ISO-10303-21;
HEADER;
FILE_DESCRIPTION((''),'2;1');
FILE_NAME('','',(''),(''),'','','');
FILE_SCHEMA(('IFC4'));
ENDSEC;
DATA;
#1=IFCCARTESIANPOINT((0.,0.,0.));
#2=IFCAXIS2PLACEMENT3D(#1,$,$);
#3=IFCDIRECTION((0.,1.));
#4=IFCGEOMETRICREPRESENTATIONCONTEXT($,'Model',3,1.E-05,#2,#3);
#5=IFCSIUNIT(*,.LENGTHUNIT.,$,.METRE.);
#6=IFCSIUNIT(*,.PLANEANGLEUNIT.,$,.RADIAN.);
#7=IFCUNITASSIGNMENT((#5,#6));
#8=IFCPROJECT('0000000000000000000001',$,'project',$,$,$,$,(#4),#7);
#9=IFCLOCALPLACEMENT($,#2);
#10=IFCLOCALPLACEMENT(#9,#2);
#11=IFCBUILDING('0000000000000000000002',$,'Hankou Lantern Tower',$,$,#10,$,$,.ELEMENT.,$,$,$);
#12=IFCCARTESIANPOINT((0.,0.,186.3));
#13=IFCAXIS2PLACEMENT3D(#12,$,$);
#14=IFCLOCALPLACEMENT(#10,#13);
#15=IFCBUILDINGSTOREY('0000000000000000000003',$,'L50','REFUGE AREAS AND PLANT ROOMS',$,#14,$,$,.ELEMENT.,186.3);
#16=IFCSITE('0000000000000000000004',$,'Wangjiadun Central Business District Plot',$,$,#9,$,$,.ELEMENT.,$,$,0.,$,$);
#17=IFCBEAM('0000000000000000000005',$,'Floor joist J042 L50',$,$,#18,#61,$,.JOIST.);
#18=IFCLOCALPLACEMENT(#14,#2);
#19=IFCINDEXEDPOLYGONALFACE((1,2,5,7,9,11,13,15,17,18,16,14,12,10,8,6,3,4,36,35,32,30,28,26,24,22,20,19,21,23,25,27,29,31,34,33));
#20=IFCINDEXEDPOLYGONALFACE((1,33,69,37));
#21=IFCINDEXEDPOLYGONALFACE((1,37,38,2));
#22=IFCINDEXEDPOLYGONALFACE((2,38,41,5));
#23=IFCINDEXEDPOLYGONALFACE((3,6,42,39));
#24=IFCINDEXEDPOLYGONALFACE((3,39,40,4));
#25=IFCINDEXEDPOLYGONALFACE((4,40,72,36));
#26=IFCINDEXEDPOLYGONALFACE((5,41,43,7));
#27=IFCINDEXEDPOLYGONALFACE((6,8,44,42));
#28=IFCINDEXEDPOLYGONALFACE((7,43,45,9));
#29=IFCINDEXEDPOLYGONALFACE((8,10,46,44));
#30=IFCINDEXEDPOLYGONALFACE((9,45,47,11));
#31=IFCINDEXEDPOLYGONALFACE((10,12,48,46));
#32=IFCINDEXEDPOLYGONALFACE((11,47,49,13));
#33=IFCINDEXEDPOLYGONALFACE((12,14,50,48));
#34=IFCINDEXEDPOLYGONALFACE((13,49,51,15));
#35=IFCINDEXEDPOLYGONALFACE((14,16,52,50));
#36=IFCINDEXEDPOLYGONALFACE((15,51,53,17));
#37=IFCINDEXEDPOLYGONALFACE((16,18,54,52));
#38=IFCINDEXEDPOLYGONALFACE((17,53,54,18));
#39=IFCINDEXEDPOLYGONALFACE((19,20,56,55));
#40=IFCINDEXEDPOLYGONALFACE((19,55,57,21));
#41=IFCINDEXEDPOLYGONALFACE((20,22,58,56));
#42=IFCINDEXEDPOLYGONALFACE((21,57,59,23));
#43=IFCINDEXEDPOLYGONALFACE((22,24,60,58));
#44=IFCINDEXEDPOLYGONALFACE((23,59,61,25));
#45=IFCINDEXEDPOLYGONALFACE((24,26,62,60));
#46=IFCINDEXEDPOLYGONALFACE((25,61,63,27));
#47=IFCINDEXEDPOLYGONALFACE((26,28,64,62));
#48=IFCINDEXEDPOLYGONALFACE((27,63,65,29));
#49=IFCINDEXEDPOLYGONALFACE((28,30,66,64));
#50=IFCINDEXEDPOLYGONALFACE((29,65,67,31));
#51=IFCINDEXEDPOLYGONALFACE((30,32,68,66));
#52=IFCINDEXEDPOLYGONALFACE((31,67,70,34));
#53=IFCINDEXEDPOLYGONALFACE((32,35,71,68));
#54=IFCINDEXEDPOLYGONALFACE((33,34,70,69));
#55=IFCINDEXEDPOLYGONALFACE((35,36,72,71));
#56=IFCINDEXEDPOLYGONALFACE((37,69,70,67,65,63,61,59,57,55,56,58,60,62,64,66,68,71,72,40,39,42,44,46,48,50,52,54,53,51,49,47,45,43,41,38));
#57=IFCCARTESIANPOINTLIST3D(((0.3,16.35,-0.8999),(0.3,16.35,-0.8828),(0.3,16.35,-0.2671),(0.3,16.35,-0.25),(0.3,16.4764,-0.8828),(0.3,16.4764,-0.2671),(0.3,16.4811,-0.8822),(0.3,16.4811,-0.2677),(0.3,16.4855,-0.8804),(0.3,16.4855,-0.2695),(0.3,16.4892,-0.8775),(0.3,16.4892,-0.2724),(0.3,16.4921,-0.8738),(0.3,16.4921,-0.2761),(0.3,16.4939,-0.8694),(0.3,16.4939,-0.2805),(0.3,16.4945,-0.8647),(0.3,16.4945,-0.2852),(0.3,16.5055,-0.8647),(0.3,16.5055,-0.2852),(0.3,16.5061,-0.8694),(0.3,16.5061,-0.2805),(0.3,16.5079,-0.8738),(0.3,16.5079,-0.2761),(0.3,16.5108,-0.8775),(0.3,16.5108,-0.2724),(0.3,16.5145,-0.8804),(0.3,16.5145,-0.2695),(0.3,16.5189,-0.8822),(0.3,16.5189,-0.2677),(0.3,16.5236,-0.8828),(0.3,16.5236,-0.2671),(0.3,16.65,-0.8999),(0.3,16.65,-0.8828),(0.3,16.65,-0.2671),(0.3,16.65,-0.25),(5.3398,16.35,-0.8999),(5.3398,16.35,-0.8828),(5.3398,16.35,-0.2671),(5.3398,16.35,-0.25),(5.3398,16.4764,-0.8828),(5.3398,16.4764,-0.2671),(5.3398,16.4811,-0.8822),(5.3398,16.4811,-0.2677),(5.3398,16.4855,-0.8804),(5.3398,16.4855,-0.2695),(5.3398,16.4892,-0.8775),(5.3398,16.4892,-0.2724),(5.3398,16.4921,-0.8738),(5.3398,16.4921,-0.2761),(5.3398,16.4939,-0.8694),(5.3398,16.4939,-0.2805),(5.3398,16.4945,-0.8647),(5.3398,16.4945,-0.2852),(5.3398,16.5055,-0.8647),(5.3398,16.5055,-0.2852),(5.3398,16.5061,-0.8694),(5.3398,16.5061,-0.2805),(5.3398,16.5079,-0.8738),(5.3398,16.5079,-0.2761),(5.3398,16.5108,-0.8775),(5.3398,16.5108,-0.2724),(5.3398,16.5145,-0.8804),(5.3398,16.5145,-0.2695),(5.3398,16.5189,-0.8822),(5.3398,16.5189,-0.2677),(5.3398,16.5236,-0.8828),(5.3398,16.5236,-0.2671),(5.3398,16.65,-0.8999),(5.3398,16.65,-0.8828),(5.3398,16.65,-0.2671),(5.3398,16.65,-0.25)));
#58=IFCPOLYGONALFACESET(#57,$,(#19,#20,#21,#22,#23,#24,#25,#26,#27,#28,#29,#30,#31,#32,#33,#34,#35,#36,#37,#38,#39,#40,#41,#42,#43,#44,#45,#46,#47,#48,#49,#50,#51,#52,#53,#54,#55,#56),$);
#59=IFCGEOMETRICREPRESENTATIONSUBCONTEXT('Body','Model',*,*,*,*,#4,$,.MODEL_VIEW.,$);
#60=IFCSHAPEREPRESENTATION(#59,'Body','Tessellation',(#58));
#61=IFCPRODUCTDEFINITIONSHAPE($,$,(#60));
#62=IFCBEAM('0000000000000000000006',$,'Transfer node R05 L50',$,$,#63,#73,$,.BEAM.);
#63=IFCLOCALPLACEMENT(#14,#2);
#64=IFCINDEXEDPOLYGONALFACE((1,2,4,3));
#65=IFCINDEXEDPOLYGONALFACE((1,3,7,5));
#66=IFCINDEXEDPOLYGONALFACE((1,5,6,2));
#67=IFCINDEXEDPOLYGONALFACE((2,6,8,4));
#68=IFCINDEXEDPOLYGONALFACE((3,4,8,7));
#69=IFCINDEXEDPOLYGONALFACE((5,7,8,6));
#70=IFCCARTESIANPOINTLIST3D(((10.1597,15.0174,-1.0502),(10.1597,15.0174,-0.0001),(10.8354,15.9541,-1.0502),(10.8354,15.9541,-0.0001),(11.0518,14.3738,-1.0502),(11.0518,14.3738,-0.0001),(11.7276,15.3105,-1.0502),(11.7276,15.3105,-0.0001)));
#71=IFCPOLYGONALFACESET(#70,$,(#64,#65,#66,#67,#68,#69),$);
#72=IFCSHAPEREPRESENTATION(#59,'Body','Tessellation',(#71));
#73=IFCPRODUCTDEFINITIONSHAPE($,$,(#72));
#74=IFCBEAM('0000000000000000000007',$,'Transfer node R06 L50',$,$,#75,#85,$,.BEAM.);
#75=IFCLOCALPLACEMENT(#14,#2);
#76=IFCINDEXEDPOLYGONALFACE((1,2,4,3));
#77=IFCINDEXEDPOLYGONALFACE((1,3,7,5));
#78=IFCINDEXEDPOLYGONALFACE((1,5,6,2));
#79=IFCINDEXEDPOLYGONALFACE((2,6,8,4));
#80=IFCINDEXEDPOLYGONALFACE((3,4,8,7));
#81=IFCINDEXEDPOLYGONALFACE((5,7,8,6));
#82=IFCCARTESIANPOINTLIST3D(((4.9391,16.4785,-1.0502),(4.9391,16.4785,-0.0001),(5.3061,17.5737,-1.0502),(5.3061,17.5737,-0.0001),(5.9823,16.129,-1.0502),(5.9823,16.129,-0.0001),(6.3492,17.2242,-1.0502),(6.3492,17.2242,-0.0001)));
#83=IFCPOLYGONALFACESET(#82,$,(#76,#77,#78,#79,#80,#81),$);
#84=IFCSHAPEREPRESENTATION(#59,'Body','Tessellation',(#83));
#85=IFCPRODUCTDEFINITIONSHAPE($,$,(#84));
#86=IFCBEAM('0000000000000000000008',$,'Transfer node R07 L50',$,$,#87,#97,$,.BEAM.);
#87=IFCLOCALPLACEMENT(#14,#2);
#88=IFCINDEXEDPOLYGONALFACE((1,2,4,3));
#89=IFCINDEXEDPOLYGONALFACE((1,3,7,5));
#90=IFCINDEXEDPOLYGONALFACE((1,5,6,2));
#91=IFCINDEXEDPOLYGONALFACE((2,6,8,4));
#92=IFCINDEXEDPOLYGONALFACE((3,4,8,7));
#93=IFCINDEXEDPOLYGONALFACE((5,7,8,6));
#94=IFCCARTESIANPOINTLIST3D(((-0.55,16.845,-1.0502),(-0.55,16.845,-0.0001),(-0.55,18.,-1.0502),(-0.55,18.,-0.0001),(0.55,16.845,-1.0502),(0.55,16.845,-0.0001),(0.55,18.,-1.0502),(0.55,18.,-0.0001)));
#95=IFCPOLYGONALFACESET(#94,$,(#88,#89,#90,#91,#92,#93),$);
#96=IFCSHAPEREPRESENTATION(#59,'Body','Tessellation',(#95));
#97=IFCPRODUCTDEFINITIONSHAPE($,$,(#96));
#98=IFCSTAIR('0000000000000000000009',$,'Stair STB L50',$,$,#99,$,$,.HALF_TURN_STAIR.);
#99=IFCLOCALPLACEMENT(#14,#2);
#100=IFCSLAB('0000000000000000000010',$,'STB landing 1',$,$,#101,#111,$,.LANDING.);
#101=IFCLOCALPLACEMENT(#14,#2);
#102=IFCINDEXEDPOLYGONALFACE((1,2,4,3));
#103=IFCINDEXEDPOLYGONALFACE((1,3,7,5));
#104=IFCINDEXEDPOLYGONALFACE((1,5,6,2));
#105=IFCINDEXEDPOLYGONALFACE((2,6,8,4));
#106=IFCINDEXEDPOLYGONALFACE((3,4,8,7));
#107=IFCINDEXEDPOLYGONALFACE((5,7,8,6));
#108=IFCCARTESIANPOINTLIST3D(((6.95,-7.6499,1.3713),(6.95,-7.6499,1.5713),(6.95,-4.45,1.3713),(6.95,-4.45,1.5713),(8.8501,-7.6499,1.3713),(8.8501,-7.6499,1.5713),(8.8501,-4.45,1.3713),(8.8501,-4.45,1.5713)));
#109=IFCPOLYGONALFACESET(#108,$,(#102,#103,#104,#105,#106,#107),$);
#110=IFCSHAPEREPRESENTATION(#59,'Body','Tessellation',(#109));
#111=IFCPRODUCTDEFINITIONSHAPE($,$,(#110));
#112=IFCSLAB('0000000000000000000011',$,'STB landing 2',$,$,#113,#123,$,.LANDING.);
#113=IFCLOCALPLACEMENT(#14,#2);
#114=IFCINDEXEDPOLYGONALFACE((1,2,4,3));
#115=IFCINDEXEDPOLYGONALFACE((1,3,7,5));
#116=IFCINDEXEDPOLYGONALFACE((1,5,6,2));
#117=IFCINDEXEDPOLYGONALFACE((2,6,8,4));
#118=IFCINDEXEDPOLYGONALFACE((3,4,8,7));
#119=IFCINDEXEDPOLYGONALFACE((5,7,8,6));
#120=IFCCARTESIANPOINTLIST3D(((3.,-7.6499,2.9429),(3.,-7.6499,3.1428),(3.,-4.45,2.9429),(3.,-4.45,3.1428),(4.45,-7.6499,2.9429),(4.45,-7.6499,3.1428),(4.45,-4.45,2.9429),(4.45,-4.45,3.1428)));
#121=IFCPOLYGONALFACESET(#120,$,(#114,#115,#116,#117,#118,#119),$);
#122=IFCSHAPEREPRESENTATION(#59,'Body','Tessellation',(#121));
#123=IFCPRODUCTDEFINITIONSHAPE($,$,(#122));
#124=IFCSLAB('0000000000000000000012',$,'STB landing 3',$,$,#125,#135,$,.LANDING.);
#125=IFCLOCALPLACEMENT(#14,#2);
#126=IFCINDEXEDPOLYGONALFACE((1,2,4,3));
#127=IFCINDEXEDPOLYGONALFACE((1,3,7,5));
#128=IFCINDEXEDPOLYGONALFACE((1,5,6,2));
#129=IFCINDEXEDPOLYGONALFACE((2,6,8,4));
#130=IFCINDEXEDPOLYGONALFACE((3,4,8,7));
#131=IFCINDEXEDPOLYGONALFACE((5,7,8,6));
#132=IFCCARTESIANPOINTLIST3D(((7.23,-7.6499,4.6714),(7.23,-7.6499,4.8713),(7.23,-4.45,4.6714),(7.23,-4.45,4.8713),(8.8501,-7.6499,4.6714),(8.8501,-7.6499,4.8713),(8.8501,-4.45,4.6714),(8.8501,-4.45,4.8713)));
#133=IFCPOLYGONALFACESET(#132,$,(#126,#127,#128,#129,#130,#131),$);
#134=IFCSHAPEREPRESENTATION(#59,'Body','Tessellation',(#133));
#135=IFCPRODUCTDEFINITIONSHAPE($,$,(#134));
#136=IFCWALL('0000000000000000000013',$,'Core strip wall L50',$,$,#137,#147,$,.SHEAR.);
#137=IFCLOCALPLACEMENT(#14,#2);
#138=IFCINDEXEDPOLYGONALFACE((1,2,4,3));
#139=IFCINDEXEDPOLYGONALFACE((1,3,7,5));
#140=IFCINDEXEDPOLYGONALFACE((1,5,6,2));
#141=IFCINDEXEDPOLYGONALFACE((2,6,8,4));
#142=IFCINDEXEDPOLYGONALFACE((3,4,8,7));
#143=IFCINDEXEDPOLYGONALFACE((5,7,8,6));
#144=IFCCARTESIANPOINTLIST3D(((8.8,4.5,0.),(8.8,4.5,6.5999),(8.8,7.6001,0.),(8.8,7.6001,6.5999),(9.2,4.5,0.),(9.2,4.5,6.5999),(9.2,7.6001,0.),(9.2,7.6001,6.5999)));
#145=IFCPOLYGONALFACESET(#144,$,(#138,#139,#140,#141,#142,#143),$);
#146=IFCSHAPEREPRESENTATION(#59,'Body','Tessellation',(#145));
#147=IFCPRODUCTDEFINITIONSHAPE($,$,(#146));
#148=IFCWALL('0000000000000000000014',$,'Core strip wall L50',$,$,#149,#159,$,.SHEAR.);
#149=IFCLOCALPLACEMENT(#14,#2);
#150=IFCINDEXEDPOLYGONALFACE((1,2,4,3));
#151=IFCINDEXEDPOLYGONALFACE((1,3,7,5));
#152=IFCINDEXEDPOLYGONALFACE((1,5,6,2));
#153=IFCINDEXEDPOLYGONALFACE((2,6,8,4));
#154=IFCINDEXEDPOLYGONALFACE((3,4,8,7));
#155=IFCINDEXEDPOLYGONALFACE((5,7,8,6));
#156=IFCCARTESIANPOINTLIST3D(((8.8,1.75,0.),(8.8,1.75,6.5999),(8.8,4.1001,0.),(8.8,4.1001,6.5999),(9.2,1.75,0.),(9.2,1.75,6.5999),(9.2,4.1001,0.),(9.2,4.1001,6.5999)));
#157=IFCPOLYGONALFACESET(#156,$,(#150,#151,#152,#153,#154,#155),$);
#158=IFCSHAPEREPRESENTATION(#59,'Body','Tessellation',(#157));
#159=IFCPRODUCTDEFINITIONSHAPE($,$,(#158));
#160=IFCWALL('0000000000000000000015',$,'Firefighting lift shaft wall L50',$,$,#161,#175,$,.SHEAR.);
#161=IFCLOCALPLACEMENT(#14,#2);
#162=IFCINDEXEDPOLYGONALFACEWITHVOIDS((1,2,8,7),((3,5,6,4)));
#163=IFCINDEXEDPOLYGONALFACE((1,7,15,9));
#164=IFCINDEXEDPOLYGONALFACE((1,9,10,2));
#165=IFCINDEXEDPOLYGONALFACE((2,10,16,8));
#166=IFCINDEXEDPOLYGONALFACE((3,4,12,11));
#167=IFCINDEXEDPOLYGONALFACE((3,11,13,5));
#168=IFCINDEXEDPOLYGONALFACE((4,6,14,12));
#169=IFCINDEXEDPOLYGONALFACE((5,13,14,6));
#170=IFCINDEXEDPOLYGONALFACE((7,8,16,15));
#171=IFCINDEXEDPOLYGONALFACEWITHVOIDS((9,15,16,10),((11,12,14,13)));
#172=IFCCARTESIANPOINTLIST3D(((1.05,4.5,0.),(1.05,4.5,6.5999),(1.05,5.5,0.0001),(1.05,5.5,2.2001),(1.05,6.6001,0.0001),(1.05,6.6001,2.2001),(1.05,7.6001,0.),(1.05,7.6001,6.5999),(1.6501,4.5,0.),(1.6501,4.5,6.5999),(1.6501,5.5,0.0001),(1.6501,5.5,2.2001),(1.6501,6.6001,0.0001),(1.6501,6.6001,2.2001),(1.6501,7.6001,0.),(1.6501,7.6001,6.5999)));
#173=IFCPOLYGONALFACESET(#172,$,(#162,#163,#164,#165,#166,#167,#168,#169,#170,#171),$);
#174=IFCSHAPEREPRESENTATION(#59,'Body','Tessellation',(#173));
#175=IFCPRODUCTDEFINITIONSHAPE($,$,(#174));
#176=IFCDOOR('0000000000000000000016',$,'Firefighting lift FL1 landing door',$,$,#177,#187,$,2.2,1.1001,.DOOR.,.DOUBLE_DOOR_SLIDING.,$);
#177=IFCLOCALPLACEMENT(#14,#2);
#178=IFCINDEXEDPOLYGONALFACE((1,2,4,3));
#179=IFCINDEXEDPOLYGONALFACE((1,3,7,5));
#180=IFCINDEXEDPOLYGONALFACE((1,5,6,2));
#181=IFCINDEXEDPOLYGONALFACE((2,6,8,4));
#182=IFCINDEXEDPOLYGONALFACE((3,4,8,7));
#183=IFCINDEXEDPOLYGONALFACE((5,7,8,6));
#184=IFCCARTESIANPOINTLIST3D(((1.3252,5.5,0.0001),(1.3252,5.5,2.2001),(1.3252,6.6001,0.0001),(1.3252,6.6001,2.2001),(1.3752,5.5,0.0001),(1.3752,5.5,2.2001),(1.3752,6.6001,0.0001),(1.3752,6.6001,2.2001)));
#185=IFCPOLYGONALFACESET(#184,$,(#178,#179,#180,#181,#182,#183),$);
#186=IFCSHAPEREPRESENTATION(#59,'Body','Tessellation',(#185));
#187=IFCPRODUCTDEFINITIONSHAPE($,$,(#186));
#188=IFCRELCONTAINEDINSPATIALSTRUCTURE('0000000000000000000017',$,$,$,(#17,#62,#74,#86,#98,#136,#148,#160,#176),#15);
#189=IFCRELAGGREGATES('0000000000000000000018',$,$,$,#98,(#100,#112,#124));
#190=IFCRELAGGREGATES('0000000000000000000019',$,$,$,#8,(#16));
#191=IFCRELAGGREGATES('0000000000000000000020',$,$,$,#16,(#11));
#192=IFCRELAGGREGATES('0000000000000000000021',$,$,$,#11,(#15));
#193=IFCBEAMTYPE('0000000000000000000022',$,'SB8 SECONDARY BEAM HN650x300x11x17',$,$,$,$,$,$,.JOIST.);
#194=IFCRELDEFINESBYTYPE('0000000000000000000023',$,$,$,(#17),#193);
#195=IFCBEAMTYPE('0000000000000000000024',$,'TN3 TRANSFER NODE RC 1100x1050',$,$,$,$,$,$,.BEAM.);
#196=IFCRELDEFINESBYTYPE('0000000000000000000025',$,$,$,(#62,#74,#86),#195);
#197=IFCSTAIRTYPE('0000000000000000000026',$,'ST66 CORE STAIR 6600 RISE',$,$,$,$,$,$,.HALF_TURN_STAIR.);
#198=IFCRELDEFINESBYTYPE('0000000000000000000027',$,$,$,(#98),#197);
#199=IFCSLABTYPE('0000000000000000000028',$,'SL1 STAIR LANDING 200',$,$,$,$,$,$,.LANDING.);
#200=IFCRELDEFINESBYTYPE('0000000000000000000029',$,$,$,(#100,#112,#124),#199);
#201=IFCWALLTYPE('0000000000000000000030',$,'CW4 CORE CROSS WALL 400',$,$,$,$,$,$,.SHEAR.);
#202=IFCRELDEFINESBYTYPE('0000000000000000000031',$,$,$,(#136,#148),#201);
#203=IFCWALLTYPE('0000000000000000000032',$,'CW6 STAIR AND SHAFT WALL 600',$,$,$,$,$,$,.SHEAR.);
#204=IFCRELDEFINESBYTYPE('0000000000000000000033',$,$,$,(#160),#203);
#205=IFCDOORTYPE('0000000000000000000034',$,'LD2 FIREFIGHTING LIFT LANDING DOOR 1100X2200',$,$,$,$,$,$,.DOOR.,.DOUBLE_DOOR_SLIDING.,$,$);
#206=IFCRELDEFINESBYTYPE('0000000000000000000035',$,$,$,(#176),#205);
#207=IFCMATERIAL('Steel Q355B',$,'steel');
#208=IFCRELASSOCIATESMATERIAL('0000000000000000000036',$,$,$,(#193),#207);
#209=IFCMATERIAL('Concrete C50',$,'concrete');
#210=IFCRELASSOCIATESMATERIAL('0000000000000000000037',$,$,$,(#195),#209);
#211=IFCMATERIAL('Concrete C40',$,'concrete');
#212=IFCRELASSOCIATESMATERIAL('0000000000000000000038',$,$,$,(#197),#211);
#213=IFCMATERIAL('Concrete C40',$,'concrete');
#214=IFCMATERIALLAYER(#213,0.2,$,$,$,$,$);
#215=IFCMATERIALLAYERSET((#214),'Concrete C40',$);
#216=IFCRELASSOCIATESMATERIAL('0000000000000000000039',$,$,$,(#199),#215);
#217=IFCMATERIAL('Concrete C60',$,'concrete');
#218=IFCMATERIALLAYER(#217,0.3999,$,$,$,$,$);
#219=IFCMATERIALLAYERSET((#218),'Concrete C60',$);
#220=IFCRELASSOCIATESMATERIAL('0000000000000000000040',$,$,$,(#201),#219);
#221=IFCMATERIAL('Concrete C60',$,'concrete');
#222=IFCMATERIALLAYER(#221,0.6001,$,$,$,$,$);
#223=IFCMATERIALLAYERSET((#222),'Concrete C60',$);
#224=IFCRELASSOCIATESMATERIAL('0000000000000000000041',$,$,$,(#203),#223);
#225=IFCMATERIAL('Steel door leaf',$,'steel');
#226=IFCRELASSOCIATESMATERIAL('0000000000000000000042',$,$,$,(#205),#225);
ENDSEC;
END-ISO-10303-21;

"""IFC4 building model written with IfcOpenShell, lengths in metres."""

from ifc_helpers import new_model, si_unit, direction, frame, frame_2d, origin, origin_2d, place, context, subcontext, project, spatial, polyline, rectangle, i_section, outline, extrude, material, layer, layer_set, material_profile, profile_set, type_object, element, fill, aggregate, save


model = new_model("IFC4")

# Units and contexts
model_context = context("Model", 3, precision=1e-05, world=origin(), true_north=direction((0.0, 1.0)))
body_context = subcontext(model_context, "Body", "Model", "MODEL_VIEW")
ifc_project = project(units=[si_unit("LENGTHUNIT", "METRE"), si_unit("PLANEANGLEUNIT", "RADIAN")], contexts=[model_context])

# Site, building, storey
site_placement = place(None, origin())
site = spatial("IfcSite", under=ifc_project, at=site_placement, Name="Wangjiadun Central Business District Plot", CompositionType="ELEMENT", RefElevation=0.0)
building_placement = place(site_placement, origin())
building = spatial("IfcBuilding", under=site, at=building_placement, Name="Hankou Lantern Tower", CompositionType="ELEMENT")
storey_placement = place(building_placement, frame((0.0, 0.0, 186.3)))
storey = spatial("IfcBuildingStorey", under=building, at=storey_placement, Name="L50", Description="REFUGE AREAS AND PLANT ROOMS", CompositionType="ELEMENT", Elevation=186.3)

# Beams
ifc_material_1 = material(Name="Steel Q355B", Category="steel")
ifc_material_profile_1 = material_profile(ifc_material_1, i_section(OverallWidth=0.3, OverallDepth=0.6499, WebThickness=0.011, FlangeThickness=0.0171, FilletRadius=0.0181, at=origin_2d()), Name="HN650x300x11x17")
ifc_profile_set_1 = profile_set([ifc_material_profile_1], Name="Steel Q355B")
beam_type_1 = type_object("IfcBeamType", Name="SB8 SECONDARY BEAM HN650x300x11x17", PredefinedType="JOIST", material=ifc_profile_set_1)
beam_1_placement = place(storey_placement, frame((0.3, 16.5, -0.575), z_axis=(1.0, 0.0, 0.0), x_axis=(0.0, 1.0, 0.0)))
element("IfcBeam", 1, at=beam_1_placement, inside=storey, type_object=beam_type_1, Name="Floor joist J042 L50", PredefinedType="JOIST", context=body_context, shape_type="SweptSolid", body=[
    extrude(i_section(OverallWidth=0.3, OverallDepth=0.6499, WebThickness=0.011, FlangeThickness=0.0171, FilletRadius=0.0181, at=origin_2d()), origin(), (0.0, 0.0, 1.0), 5.0398),
])
ifc_material_2 = material(Name="Concrete C50", Category="concrete")
ifc_material_profile_2 = material_profile(ifc_material_2, rectangle(XDim=1.1001, YDim=1.05, at=origin_2d()), Name="RC 1100x1050")
ifc_profile_set_2 = profile_set([ifc_material_profile_2], Name="Concrete C50")
beam_type_2 = type_object("IfcBeamType", Name="TN3 TRANSFER NODE RC 1100x1050", PredefinedType="BEAM", material=ifc_profile_set_2)
for number, where, z_axis, x_axis, name in (
    (2, (11.2815, 15.6323, -0.5251), (-0.585051, -0.810997, 0.0), (0.810997, -0.585051, 0.0), "Transfer node R05 L50"),
    (3, (5.8276, 17.3989, -0.5251), (-0.317686, -0.948196, 0.0), (0.948196, -0.317686, 0.0), "Transfer node R06 L50"),
    (4, (0.0, 18.0, -0.5251), (0.0, -1.0, 0.0), (1.0, 0.0, 0.0), "Transfer node R07 L50"),
):
    element("IfcBeam", number, at=place(storey_placement, frame(where, z_axis=z_axis, x_axis=x_axis)), inside=storey, type_object=beam_type_2, Name=name, PredefinedType="BEAM", context=body_context, shape_type="SweptSolid", body=[
        extrude(rectangle(XDim=1.1001, YDim=1.05, at=origin_2d()), origin(), (0.0, 0.0, 1.0), 1.155),
    ])

# Stair, slabs
ifc_material_3 = material(Name="Concrete C40", Category="concrete")
stair_type = type_object("IfcStairType", Name="ST66 CORE STAIR 6600 RISE", PredefinedType="HALF_TURN_STAIR", material=ifc_material_3)
stair_placement = place(storey_placement, origin())
stair = element("IfcStair", 5, at=stair_placement, inside=storey, type_object=stair_type, Name="Stair STB L50", PredefinedType="HALF_TURN_STAIR")
ifc_material_4 = material(Name="Concrete C40", Category="concrete")
ifc_layer_1 = layer(ifc_material_4, 0.2)
ifc_layer_set_1 = layer_set([ifc_layer_1], Name="Concrete C40")
slab_type = type_object("IfcSlabType", Name="SL1 STAIR LANDING 200", PredefinedType="LANDING", material=ifc_layer_set_1)
slab_1_placement = place(storey_placement, frame((0.0, 0.0, 1.3713)))
slab_1 = element("IfcSlab", 6, at=slab_1_placement, type_object=slab_type, Name="STB landing 1", PredefinedType="LANDING", context=body_context, shape_type="SweptSolid", body=[
    extrude(outline(polyline([(8.8501, -4.45), (6.95, -4.45), (6.95, -7.6499), (8.8501, -7.6499), (8.8501, -4.45)])), origin(), (0.0, 0.0, 1.0), 0.2),
])
slab_2_placement = place(storey_placement, frame((0.0, 0.0, 2.9429)))
slab_2 = element("IfcSlab", 7, at=slab_2_placement, type_object=slab_type, Name="STB landing 2", PredefinedType="LANDING", context=body_context, shape_type="SweptSolid", body=[
    extrude(outline(polyline([(4.45, -4.45), (3.0, -4.45), (3.0, -7.6499), (4.45, -7.6499), (4.45, -4.45)])), origin(), (0.0, 0.0, 1.0), 0.2),
])
slab_3_placement = place(storey_placement, frame((0.0, 0.0, 4.6714)))
slab_3 = element("IfcSlab", 8, at=slab_3_placement, type_object=slab_type, Name="STB landing 3", PredefinedType="LANDING", context=body_context, shape_type="SweptSolid", body=[
    extrude(outline(polyline([(8.8501, -4.45), (7.23, -4.45), (7.23, -7.6499), (8.8501, -7.6499), (8.8501, -4.45)])), origin(), (0.0, 0.0, 1.0), 0.2),
])
aggregate(stair, [slab_1, slab_2, slab_3])

# Walls
ifc_material_5 = material(Name="Concrete C60", Category="concrete")
ifc_layer_2 = layer(ifc_material_5, 0.3999)
ifc_layer_set_2 = layer_set([ifc_layer_2], Name="Concrete C60")
wall_type_1 = type_object("IfcWallType", Name="CW4 CORE CROSS WALL 400", PredefinedType="SHEAR", material=ifc_layer_set_2)
wall_1_placement = place(storey_placement, frame((9.0, 4.5, 0.0), z_axis=(0.0, 0.0, 1.0), x_axis=(0.0, 1.0, 0.0)))
element("IfcWall", 9, at=wall_1_placement, inside=storey, type_object=wall_type_1, Name="Core strip wall L50", PredefinedType="SHEAR", context=body_context, shape_type="SweptSolid", body=[
    extrude(rectangle(XDim=3.1001, YDim=0.3999, at=frame_2d((1.55, 0.0))), origin(), (0.0, 0.0, 1.0), 6.5999),
])
wall_2_placement = place(storey_placement, frame((9.0, 1.75, 0.0), z_axis=(0.0, 0.0, 1.0), x_axis=(0.0, 1.0, 0.0)))
element("IfcWall", 10, at=wall_2_placement, inside=storey, type_object=wall_type_1, Name="Core strip wall L50", PredefinedType="SHEAR", context=body_context, shape_type="SweptSolid", body=[
    extrude(rectangle(XDim=2.3501, YDim=0.3999, at=frame_2d((1.175, 0.0))), origin(), (0.0, 0.0, 1.0), 6.5999),
])

# Wall, opening, door
ifc_material_6 = material(Name="Concrete C60", Category="concrete")
ifc_layer_3 = layer(ifc_material_6, 0.6001)
ifc_layer_set_3 = layer_set([ifc_layer_3], Name="Concrete C60")
wall_type_2 = type_object("IfcWallType", Name="CW6 STAIR AND SHAFT WALL 600", PredefinedType="SHEAR", material=ifc_layer_set_3)
wall_3_placement = place(storey_placement, frame((1.3501, 4.5, 0.0), z_axis=(0.0, 0.0, 1.0), x_axis=(0.0, 1.0, 0.0)))
wall_3 = element("IfcWall", 11, at=wall_3_placement, inside=storey, type_object=wall_type_2, Name="Firefighting lift shaft wall L50", PredefinedType="SHEAR", context=body_context, shape_type="SweptSolid", body=[
    extrude(rectangle(XDim=3.1001, YDim=0.6001, at=frame_2d((1.55, 0.0))), origin(), (0.0, 0.0, 1.0), 6.5999),
])
opening_placement = place(wall_3_placement, frame((1.0, 0.0, 0.0)))
opening = element("IfcOpeningElement", 12, at=opening_placement, cuts=wall_3, PredefinedType="OPENING", context=body_context, shape_type="SweptSolid", body=[
    extrude(rectangle(XDim=1.1001, YDim=2.2, at=frame_2d((0.55, 1.1001))), frame((0.0, 0.3101, 0.0), z_axis=(0.0, -1.0, 0.0), x_axis=(1.0, 0.0, 0.0)), (0.0, 0.0, 1.0), 0.6201),
])
ifc_material_7 = material(Name="Steel door leaf", Category="steel")
door_type = type_object("IfcDoorType", Name="LD2 FIREFIGHTING LIFT LANDING DOOR 1100X2200", OperationType="DOUBLE_DOOR_SLIDING", PredefinedType="DOOR", material=ifc_material_7)
door_placement = place(opening_placement, origin())
door = element("IfcDoor", 13, at=door_placement, inside=storey, type_object=door_type, Name="Firefighting lift FL1 landing door", OperationType="DOUBLE_DOOR_SLIDING", OverallHeight=2.2, OverallWidth=1.1001, PredefinedType="DOOR", context=body_context, shape_type="SweptSolid", body=[
    extrude(rectangle(XDim=1.1001, YDim=2.2, at=frame_2d((0.55, 1.1001))), frame((0.0, 0.0249, 0.0), z_axis=(0.0, -1.0, 0.0), x_axis=(1.0, 0.0, 0.0)), (0.0, 0.0, 1.0), 0.05),
])
fill(opening, door)

save(model, "model.ifc")
